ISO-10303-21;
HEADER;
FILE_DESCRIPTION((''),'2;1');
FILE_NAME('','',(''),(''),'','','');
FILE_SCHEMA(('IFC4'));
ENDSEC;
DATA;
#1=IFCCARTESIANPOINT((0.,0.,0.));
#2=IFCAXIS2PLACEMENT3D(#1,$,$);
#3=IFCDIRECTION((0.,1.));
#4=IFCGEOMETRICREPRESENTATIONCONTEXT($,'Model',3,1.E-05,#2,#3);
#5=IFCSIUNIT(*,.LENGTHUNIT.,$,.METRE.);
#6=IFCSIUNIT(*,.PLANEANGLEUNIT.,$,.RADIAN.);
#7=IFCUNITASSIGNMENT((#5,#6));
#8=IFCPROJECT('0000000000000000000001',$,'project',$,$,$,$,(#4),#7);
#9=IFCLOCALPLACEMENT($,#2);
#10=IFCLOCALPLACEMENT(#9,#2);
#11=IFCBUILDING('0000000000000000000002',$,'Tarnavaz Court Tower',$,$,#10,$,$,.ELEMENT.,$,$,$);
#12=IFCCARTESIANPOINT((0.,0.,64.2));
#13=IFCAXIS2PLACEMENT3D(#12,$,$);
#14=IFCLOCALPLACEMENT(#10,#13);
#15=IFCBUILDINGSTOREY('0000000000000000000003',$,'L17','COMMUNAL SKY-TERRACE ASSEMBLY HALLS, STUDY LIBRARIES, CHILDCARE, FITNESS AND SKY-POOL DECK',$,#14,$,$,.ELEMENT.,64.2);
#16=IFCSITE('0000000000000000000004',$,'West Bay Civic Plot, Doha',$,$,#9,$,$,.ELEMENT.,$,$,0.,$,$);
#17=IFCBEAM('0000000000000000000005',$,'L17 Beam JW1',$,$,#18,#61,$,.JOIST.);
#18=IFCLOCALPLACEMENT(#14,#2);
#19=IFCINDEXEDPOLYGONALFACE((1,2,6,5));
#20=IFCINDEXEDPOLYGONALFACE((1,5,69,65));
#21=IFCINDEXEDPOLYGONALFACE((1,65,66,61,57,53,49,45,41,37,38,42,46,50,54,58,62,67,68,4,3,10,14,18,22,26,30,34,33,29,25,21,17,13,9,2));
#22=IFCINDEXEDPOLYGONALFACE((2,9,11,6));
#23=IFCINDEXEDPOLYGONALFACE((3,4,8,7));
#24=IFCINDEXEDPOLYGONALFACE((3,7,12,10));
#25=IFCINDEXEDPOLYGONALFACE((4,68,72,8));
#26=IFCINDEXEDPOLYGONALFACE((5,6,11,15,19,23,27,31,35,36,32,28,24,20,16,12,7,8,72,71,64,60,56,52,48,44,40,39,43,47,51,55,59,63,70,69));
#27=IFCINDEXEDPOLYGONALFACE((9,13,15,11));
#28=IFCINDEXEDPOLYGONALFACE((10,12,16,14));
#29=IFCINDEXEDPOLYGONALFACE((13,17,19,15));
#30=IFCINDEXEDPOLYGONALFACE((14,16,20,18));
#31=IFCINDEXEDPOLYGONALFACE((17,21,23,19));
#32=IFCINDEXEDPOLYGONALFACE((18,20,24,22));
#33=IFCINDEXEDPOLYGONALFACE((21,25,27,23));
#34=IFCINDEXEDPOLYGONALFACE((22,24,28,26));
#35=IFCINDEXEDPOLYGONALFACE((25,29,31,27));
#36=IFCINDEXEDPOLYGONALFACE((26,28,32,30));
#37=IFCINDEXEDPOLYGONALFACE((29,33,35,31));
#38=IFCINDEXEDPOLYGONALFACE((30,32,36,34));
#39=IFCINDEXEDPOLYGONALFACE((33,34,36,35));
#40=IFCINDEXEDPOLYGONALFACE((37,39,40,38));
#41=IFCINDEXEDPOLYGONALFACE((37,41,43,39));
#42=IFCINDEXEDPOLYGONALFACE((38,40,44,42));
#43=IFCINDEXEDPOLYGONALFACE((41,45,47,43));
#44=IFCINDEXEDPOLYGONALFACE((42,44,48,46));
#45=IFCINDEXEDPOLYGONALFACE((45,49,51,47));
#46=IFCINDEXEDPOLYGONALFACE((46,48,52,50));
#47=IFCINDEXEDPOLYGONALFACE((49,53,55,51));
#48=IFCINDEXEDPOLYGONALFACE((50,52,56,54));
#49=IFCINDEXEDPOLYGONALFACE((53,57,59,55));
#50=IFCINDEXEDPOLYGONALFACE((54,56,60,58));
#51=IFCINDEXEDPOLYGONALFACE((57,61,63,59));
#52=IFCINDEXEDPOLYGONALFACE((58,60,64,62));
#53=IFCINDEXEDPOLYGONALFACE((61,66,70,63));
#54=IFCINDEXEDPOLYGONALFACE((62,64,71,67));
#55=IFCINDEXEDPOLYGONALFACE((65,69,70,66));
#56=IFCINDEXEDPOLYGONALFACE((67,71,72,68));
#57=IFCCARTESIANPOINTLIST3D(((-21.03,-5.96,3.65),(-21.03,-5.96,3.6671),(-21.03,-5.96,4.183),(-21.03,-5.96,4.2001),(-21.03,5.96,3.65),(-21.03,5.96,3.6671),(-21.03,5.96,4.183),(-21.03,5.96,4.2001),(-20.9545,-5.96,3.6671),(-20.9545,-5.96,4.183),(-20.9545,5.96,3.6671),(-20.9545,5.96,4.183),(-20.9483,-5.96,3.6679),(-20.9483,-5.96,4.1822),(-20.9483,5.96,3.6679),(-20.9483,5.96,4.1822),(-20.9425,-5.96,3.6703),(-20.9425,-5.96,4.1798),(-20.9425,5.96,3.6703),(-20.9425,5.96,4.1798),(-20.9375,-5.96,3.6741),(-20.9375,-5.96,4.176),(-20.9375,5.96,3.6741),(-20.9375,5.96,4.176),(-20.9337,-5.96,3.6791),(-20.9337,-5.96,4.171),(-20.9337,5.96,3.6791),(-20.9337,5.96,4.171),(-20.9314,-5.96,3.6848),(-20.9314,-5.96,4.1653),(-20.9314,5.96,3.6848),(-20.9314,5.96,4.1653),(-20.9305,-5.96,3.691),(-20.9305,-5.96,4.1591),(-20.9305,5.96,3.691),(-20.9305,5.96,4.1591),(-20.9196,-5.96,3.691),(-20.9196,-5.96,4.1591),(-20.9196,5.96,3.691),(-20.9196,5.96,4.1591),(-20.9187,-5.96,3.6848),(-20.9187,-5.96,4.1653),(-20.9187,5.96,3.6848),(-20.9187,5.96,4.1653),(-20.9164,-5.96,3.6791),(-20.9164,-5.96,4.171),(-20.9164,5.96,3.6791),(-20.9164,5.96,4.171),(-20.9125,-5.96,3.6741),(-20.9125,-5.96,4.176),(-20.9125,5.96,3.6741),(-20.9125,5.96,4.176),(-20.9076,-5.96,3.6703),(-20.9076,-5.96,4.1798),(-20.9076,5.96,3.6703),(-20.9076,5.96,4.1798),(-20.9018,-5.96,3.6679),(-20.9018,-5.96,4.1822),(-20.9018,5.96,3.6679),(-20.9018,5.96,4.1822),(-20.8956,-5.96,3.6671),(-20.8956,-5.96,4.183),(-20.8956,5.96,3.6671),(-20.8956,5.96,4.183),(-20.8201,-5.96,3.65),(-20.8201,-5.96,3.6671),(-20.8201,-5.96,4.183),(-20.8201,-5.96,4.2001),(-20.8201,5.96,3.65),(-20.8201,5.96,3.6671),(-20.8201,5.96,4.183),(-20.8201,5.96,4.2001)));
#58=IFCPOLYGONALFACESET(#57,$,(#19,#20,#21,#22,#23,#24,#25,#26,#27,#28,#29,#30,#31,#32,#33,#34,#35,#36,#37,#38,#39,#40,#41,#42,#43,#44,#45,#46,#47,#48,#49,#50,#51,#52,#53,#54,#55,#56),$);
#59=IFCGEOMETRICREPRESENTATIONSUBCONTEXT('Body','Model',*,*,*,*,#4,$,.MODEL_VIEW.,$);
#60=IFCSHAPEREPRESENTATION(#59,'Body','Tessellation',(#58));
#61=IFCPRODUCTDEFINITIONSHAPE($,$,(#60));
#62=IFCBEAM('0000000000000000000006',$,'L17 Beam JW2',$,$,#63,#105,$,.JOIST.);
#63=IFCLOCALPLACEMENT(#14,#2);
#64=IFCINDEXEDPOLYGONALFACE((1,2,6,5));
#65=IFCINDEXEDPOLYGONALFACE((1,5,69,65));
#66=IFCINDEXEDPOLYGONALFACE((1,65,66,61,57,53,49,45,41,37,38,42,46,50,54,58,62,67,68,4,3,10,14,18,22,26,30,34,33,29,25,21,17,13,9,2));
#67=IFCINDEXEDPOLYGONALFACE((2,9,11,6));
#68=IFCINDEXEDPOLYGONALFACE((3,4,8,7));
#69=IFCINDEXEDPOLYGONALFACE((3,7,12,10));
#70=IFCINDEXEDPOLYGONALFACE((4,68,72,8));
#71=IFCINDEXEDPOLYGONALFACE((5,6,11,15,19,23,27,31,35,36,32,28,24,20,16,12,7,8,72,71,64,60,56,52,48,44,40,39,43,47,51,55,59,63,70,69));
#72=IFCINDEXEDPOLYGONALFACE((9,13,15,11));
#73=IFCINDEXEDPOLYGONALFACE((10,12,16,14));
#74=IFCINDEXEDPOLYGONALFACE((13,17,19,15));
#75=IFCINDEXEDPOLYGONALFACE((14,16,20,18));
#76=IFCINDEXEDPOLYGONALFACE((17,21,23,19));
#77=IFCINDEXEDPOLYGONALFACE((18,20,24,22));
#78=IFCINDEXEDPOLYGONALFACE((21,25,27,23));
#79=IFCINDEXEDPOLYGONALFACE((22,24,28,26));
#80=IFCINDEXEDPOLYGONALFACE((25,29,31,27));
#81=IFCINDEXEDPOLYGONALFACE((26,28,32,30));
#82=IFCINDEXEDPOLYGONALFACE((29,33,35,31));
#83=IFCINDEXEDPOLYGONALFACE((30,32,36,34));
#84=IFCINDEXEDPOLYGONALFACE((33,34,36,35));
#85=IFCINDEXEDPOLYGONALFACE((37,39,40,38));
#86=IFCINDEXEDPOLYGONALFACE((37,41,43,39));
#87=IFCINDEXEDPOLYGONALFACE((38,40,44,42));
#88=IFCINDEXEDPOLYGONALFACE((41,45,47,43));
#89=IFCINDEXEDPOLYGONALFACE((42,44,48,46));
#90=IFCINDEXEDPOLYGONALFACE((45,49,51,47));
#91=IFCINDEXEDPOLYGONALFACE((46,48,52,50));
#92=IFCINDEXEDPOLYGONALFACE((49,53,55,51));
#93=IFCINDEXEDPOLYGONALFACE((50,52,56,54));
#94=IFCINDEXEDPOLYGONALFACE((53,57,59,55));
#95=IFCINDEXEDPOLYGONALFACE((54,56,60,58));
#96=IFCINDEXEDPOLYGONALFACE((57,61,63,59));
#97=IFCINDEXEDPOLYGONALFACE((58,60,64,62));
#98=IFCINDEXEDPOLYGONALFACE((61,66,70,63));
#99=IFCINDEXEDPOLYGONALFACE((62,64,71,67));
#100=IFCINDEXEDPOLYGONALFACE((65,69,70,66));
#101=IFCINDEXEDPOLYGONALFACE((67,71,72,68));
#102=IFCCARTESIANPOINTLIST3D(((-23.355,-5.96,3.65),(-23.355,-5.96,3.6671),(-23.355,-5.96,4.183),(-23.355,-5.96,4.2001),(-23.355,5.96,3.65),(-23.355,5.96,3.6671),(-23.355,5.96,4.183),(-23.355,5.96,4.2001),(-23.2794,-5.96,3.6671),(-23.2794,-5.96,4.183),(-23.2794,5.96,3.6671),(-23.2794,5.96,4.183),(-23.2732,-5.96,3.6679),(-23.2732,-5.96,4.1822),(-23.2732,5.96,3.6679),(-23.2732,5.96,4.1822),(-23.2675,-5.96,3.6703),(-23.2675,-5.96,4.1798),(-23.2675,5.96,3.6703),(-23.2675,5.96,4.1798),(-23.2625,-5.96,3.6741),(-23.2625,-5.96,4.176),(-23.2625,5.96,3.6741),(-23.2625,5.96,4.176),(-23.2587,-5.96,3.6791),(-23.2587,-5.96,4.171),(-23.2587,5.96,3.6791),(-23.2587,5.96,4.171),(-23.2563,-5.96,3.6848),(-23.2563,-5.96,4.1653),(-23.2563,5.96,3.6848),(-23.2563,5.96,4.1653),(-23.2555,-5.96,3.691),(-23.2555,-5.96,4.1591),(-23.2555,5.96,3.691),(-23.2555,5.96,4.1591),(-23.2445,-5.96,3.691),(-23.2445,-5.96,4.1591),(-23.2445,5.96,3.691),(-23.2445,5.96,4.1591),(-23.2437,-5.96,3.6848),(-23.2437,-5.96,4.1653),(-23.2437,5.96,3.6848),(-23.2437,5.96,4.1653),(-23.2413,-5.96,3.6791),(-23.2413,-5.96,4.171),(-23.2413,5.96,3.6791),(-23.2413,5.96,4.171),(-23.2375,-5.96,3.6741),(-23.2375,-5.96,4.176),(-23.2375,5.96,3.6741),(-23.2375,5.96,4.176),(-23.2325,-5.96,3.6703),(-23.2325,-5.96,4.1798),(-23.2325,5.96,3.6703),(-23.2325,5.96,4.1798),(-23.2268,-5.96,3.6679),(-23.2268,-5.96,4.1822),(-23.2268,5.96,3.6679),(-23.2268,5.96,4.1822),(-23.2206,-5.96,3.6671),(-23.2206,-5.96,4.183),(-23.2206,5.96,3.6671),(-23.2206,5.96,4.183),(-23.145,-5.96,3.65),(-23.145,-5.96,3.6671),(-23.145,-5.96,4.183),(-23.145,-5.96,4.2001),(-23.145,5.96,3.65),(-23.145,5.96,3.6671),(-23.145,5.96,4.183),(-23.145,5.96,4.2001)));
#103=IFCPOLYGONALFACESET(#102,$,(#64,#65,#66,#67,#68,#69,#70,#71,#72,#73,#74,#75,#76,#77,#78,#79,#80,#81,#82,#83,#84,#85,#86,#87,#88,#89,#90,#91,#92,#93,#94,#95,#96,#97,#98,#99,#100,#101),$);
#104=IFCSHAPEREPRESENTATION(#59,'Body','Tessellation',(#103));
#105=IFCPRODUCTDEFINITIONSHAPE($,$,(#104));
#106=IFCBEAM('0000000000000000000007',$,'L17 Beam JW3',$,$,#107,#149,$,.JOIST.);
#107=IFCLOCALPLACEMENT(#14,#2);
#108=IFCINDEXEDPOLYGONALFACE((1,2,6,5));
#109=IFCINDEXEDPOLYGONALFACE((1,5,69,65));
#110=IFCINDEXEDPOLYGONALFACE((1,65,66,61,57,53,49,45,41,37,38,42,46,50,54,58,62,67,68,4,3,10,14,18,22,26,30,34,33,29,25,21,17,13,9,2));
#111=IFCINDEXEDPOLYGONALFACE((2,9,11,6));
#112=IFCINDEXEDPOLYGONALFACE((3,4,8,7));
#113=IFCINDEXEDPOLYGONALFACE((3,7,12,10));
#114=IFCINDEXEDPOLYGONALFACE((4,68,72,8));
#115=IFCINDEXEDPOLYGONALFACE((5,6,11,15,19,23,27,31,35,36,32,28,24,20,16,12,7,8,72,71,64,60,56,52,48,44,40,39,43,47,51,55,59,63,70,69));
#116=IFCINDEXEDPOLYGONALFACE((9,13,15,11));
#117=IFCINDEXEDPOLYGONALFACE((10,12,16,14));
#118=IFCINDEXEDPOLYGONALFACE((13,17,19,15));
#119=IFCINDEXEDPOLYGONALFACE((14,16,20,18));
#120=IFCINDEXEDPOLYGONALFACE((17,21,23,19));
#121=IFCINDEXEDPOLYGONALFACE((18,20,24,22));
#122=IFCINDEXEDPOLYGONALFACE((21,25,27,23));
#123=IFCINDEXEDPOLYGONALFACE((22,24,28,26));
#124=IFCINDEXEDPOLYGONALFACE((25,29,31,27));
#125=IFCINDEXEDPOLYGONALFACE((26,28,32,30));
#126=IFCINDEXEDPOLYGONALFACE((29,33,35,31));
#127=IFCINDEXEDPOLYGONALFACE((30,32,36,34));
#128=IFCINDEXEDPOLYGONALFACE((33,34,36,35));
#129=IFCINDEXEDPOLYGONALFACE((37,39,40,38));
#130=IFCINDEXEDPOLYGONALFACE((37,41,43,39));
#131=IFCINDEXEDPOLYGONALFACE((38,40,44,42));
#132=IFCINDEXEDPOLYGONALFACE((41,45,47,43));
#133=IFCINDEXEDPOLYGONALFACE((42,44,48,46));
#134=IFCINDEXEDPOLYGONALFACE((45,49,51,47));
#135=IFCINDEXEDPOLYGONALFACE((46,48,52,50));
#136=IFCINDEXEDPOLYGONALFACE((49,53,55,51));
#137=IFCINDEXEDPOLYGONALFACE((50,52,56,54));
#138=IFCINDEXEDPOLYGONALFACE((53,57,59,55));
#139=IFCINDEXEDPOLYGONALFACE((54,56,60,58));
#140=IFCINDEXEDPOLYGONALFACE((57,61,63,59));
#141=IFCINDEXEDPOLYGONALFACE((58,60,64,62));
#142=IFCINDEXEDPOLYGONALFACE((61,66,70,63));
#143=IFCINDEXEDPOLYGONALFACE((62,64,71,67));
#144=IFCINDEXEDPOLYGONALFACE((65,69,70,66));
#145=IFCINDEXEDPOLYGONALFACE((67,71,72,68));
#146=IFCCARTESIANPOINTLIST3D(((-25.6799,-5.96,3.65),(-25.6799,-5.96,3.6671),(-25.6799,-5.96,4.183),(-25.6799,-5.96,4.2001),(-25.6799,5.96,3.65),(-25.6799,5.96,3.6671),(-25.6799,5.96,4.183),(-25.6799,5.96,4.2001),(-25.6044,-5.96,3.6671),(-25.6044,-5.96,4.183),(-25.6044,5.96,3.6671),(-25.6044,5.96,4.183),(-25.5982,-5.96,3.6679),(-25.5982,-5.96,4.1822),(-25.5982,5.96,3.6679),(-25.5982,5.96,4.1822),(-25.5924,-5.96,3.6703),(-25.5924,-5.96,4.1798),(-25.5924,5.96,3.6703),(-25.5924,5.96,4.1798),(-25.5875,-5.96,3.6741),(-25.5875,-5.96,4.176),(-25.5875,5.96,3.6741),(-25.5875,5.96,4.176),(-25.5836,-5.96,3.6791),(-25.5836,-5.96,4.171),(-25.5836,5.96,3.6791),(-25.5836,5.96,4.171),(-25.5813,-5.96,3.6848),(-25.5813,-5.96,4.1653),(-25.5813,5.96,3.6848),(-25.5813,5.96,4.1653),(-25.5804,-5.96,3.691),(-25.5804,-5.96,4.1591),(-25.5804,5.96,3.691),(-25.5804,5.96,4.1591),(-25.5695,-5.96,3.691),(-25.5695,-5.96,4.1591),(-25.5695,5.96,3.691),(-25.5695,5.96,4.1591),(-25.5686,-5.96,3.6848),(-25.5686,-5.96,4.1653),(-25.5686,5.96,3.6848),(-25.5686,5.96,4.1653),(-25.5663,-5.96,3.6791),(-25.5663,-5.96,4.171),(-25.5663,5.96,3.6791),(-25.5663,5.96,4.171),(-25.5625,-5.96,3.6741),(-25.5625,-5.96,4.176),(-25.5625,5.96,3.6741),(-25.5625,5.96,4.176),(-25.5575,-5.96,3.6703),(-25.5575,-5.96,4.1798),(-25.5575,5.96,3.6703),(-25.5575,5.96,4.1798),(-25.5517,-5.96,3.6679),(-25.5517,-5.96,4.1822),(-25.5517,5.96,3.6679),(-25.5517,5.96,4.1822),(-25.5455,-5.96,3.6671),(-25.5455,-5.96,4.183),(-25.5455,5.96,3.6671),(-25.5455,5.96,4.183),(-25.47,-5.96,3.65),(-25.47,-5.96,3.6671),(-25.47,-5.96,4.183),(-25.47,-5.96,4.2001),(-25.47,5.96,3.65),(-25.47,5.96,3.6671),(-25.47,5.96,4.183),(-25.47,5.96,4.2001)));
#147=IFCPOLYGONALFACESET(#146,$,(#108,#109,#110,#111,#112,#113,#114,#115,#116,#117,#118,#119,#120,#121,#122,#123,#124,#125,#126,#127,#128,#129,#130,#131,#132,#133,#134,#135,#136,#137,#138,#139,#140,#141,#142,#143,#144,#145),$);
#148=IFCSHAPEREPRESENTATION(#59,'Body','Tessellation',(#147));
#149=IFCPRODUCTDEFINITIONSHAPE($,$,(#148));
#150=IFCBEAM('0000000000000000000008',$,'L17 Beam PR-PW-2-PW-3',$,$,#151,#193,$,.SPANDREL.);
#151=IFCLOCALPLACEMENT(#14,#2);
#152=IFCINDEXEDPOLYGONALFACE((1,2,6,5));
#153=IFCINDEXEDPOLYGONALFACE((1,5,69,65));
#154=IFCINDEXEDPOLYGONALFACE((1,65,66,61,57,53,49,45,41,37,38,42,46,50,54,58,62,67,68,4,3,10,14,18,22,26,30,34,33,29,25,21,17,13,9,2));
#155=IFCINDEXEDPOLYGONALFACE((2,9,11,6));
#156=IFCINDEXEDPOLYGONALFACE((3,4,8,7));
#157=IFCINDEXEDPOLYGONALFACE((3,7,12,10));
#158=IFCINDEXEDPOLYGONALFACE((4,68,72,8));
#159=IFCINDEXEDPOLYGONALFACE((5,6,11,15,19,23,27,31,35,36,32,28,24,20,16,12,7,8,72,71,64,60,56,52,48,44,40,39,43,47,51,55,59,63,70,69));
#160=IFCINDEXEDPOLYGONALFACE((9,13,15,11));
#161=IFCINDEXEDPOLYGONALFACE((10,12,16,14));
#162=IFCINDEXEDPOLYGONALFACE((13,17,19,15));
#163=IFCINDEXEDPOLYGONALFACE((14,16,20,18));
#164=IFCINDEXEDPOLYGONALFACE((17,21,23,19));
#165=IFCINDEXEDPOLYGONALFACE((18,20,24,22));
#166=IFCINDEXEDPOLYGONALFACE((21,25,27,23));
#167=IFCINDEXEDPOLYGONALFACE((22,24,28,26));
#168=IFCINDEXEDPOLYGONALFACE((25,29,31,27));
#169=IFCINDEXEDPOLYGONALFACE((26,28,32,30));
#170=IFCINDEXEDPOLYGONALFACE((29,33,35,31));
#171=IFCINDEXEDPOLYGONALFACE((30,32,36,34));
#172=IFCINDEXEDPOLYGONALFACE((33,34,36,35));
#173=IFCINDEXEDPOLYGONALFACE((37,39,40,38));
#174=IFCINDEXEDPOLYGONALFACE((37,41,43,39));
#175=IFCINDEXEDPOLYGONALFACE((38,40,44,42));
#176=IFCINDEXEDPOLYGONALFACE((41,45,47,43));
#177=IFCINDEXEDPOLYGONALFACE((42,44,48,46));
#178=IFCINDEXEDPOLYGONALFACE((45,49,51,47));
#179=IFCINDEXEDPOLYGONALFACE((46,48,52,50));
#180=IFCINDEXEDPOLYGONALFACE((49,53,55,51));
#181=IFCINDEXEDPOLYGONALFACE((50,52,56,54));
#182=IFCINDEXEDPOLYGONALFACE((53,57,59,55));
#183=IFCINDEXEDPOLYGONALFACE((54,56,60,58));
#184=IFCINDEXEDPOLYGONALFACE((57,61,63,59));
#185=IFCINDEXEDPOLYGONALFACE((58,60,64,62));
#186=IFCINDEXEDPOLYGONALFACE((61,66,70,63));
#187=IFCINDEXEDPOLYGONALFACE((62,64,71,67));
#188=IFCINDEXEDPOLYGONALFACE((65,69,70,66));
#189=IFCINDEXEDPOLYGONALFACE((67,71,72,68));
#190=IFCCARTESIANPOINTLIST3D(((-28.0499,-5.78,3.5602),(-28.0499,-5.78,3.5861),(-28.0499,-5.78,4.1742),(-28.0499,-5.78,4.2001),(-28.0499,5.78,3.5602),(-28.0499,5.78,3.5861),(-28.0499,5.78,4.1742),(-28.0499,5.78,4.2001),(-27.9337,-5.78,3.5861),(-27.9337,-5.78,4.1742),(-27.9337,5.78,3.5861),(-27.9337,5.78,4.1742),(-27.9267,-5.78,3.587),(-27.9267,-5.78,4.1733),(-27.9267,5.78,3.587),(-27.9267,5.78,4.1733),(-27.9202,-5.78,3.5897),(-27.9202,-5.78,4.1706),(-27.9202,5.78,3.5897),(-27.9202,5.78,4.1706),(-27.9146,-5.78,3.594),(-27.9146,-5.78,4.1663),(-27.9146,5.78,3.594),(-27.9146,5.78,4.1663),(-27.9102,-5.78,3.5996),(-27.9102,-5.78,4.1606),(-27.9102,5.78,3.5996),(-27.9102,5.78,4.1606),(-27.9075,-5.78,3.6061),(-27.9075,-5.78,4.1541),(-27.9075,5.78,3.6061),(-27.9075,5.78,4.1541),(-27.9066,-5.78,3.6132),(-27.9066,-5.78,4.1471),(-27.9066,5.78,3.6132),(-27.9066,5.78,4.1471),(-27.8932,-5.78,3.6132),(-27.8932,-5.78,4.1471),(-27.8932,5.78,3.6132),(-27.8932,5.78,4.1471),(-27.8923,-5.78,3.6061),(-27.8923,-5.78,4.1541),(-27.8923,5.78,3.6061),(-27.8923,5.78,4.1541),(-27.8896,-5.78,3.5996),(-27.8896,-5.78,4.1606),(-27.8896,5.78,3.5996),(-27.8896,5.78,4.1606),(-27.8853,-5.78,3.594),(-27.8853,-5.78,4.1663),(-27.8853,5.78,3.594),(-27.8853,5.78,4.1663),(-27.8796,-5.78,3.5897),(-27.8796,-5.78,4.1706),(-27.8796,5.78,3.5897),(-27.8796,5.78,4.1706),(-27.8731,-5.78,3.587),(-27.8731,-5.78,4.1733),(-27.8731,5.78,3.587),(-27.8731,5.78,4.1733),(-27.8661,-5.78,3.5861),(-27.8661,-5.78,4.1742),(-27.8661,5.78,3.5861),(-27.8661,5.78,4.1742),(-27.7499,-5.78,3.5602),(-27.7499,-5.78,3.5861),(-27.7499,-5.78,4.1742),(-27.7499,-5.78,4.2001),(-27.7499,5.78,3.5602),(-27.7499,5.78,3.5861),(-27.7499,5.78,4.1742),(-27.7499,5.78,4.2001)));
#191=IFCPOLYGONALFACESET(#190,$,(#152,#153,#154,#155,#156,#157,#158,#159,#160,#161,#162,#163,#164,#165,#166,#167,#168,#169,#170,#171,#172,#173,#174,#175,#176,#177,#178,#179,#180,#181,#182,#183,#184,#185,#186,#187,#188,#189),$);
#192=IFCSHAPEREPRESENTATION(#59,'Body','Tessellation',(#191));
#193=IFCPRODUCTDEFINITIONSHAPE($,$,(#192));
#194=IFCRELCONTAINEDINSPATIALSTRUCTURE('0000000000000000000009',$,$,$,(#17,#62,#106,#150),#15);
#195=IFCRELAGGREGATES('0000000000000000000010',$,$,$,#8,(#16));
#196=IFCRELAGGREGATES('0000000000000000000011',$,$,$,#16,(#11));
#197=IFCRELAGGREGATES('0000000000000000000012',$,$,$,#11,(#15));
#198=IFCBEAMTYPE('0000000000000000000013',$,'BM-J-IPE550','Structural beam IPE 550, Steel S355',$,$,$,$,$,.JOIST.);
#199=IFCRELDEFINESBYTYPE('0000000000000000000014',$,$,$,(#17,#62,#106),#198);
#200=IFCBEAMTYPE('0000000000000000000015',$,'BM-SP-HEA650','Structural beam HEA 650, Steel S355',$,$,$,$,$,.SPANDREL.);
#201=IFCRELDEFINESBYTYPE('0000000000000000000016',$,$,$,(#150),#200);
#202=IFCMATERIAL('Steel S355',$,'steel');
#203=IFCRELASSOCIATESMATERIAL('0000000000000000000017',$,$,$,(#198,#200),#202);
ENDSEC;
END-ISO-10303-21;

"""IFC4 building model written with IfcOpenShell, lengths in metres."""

from ifc_helpers import new_model, si_unit, direction, frame, origin, origin_2d, place, context, subcontext, project, spatial, i_section, extrude, material, material_profile, profile_set, type_object, element, save


model = new_model("IFC4")

# Units and contexts
model_context = context("Model", 3, precision=1e-05, world=origin(), true_north=direction((0.0, 1.0)))
body_context = subcontext(model_context, "Body", "Model", "MODEL_VIEW")
ifc_project = project(units=[si_unit("LENGTHUNIT", "METRE"), si_unit("PLANEANGLEUNIT", "RADIAN")], contexts=[model_context])

# Site, building, storey
site_placement = place(None, origin())
site = spatial("IfcSite", under=ifc_project, at=site_placement, Name="West Bay Civic Plot, Doha", CompositionType="ELEMENT", RefElevation=0.0)
building_placement = place(site_placement, origin())
building = spatial("IfcBuilding", under=site, at=building_placement, Name="Tarnavaz Court Tower", CompositionType="ELEMENT")
storey_placement = place(building_placement, frame((0.0, 0.0, 64.2)))
storey = spatial("IfcBuildingStorey", under=building, at=storey_placement, Name="L17", Description="COMMUNAL SKY-TERRACE ASSEMBLY HALLS, STUDY LIBRARIES, CHILDCARE, FITNESS AND SKY-POOL DECK", CompositionType="ELEMENT", Elevation=64.2)

# Beams
ifc_material_1 = material(Name="Steel S355", Category="steel")
ifc_material_profile_1 = material_profile(ifc_material_1, i_section(OverallWidth=0.21, OverallDepth=0.55, WebThickness=0.011, FlangeThickness=0.0171, FilletRadius=0.0239, at=origin_2d()), Name="IPE 550")
ifc_profile_set_1 = profile_set([ifc_material_profile_1], Name="Steel S355")
beam_type_1 = type_object("IfcBeamType", Name="BM-J-IPE550", Description="Structural beam IPE 550, Steel S355", PredefinedType="JOIST", material=ifc_profile_set_1)
for number, where, z_axis, x_axis, name in (
    (1, (-20.925, -5.96, 3.925), (0.0, 1.0, 0.0), (-1.0, 0.0, 0.0), "L17 Beam JW1"),
    (2, (-23.25, -5.96, 3.925), (0.0, 1.0, 0.0), (-1.0, 0.0, 0.0), "L17 Beam JW2"),
    (3, (-25.575, -5.96, 3.925), (0.0, 1.0, 0.0), (-1.0, 0.0, 0.0), "L17 Beam JW3"),
):
    element("IfcBeam", number, at=place(storey_placement, frame(where, z_axis=z_axis, x_axis=x_axis)), inside=storey, type_object=beam_type_1, Name=name, PredefinedType="JOIST", context=body_context, shape_type="SweptSolid", body=[
        extrude(i_section(OverallWidth=0.21, OverallDepth=0.55, WebThickness=0.011, FlangeThickness=0.0171, FilletRadius=0.0239, at=origin_2d()), origin(), (0.0, 0.0, 1.0), 11.9199),
    ])
ifc_material_profile_2 = material_profile(ifc_material_1, i_section(OverallWidth=0.3, OverallDepth=0.6399, WebThickness=0.0134, FlangeThickness=0.0259, FilletRadius=0.0271, at=origin_2d()), Name="HEA 650")
ifc_profile_set_2 = profile_set([ifc_material_profile_2], Name="Steel S355")
beam_type_2 = type_object("IfcBeamType", Name="BM-SP-HEA650", Description="Structural beam HEA 650, Steel S355", PredefinedType="SPANDREL", material=ifc_profile_set_2)
beam_1_placement = place(storey_placement, frame((-27.8999, -5.78, 3.8801), z_axis=(0.0, 1.0, 0.0), x_axis=(-1.0, 0.0, 0.0)))
element("IfcBeam", 4, at=beam_1_placement, inside=storey, type_object=beam_type_2, Name="L17 Beam PR-PW-2-PW-3", PredefinedType="SPANDREL", context=body_context, shape_type="SweptSolid", body=[
    extrude(i_section(OverallWidth=0.3, OverallDepth=0.6399, WebThickness=0.0134, FlangeThickness=0.0259, FilletRadius=0.0271, at=origin_2d()), origin(), (0.0, 0.0, 1.0), 11.5601),
])

save(model, "model.ifc")
